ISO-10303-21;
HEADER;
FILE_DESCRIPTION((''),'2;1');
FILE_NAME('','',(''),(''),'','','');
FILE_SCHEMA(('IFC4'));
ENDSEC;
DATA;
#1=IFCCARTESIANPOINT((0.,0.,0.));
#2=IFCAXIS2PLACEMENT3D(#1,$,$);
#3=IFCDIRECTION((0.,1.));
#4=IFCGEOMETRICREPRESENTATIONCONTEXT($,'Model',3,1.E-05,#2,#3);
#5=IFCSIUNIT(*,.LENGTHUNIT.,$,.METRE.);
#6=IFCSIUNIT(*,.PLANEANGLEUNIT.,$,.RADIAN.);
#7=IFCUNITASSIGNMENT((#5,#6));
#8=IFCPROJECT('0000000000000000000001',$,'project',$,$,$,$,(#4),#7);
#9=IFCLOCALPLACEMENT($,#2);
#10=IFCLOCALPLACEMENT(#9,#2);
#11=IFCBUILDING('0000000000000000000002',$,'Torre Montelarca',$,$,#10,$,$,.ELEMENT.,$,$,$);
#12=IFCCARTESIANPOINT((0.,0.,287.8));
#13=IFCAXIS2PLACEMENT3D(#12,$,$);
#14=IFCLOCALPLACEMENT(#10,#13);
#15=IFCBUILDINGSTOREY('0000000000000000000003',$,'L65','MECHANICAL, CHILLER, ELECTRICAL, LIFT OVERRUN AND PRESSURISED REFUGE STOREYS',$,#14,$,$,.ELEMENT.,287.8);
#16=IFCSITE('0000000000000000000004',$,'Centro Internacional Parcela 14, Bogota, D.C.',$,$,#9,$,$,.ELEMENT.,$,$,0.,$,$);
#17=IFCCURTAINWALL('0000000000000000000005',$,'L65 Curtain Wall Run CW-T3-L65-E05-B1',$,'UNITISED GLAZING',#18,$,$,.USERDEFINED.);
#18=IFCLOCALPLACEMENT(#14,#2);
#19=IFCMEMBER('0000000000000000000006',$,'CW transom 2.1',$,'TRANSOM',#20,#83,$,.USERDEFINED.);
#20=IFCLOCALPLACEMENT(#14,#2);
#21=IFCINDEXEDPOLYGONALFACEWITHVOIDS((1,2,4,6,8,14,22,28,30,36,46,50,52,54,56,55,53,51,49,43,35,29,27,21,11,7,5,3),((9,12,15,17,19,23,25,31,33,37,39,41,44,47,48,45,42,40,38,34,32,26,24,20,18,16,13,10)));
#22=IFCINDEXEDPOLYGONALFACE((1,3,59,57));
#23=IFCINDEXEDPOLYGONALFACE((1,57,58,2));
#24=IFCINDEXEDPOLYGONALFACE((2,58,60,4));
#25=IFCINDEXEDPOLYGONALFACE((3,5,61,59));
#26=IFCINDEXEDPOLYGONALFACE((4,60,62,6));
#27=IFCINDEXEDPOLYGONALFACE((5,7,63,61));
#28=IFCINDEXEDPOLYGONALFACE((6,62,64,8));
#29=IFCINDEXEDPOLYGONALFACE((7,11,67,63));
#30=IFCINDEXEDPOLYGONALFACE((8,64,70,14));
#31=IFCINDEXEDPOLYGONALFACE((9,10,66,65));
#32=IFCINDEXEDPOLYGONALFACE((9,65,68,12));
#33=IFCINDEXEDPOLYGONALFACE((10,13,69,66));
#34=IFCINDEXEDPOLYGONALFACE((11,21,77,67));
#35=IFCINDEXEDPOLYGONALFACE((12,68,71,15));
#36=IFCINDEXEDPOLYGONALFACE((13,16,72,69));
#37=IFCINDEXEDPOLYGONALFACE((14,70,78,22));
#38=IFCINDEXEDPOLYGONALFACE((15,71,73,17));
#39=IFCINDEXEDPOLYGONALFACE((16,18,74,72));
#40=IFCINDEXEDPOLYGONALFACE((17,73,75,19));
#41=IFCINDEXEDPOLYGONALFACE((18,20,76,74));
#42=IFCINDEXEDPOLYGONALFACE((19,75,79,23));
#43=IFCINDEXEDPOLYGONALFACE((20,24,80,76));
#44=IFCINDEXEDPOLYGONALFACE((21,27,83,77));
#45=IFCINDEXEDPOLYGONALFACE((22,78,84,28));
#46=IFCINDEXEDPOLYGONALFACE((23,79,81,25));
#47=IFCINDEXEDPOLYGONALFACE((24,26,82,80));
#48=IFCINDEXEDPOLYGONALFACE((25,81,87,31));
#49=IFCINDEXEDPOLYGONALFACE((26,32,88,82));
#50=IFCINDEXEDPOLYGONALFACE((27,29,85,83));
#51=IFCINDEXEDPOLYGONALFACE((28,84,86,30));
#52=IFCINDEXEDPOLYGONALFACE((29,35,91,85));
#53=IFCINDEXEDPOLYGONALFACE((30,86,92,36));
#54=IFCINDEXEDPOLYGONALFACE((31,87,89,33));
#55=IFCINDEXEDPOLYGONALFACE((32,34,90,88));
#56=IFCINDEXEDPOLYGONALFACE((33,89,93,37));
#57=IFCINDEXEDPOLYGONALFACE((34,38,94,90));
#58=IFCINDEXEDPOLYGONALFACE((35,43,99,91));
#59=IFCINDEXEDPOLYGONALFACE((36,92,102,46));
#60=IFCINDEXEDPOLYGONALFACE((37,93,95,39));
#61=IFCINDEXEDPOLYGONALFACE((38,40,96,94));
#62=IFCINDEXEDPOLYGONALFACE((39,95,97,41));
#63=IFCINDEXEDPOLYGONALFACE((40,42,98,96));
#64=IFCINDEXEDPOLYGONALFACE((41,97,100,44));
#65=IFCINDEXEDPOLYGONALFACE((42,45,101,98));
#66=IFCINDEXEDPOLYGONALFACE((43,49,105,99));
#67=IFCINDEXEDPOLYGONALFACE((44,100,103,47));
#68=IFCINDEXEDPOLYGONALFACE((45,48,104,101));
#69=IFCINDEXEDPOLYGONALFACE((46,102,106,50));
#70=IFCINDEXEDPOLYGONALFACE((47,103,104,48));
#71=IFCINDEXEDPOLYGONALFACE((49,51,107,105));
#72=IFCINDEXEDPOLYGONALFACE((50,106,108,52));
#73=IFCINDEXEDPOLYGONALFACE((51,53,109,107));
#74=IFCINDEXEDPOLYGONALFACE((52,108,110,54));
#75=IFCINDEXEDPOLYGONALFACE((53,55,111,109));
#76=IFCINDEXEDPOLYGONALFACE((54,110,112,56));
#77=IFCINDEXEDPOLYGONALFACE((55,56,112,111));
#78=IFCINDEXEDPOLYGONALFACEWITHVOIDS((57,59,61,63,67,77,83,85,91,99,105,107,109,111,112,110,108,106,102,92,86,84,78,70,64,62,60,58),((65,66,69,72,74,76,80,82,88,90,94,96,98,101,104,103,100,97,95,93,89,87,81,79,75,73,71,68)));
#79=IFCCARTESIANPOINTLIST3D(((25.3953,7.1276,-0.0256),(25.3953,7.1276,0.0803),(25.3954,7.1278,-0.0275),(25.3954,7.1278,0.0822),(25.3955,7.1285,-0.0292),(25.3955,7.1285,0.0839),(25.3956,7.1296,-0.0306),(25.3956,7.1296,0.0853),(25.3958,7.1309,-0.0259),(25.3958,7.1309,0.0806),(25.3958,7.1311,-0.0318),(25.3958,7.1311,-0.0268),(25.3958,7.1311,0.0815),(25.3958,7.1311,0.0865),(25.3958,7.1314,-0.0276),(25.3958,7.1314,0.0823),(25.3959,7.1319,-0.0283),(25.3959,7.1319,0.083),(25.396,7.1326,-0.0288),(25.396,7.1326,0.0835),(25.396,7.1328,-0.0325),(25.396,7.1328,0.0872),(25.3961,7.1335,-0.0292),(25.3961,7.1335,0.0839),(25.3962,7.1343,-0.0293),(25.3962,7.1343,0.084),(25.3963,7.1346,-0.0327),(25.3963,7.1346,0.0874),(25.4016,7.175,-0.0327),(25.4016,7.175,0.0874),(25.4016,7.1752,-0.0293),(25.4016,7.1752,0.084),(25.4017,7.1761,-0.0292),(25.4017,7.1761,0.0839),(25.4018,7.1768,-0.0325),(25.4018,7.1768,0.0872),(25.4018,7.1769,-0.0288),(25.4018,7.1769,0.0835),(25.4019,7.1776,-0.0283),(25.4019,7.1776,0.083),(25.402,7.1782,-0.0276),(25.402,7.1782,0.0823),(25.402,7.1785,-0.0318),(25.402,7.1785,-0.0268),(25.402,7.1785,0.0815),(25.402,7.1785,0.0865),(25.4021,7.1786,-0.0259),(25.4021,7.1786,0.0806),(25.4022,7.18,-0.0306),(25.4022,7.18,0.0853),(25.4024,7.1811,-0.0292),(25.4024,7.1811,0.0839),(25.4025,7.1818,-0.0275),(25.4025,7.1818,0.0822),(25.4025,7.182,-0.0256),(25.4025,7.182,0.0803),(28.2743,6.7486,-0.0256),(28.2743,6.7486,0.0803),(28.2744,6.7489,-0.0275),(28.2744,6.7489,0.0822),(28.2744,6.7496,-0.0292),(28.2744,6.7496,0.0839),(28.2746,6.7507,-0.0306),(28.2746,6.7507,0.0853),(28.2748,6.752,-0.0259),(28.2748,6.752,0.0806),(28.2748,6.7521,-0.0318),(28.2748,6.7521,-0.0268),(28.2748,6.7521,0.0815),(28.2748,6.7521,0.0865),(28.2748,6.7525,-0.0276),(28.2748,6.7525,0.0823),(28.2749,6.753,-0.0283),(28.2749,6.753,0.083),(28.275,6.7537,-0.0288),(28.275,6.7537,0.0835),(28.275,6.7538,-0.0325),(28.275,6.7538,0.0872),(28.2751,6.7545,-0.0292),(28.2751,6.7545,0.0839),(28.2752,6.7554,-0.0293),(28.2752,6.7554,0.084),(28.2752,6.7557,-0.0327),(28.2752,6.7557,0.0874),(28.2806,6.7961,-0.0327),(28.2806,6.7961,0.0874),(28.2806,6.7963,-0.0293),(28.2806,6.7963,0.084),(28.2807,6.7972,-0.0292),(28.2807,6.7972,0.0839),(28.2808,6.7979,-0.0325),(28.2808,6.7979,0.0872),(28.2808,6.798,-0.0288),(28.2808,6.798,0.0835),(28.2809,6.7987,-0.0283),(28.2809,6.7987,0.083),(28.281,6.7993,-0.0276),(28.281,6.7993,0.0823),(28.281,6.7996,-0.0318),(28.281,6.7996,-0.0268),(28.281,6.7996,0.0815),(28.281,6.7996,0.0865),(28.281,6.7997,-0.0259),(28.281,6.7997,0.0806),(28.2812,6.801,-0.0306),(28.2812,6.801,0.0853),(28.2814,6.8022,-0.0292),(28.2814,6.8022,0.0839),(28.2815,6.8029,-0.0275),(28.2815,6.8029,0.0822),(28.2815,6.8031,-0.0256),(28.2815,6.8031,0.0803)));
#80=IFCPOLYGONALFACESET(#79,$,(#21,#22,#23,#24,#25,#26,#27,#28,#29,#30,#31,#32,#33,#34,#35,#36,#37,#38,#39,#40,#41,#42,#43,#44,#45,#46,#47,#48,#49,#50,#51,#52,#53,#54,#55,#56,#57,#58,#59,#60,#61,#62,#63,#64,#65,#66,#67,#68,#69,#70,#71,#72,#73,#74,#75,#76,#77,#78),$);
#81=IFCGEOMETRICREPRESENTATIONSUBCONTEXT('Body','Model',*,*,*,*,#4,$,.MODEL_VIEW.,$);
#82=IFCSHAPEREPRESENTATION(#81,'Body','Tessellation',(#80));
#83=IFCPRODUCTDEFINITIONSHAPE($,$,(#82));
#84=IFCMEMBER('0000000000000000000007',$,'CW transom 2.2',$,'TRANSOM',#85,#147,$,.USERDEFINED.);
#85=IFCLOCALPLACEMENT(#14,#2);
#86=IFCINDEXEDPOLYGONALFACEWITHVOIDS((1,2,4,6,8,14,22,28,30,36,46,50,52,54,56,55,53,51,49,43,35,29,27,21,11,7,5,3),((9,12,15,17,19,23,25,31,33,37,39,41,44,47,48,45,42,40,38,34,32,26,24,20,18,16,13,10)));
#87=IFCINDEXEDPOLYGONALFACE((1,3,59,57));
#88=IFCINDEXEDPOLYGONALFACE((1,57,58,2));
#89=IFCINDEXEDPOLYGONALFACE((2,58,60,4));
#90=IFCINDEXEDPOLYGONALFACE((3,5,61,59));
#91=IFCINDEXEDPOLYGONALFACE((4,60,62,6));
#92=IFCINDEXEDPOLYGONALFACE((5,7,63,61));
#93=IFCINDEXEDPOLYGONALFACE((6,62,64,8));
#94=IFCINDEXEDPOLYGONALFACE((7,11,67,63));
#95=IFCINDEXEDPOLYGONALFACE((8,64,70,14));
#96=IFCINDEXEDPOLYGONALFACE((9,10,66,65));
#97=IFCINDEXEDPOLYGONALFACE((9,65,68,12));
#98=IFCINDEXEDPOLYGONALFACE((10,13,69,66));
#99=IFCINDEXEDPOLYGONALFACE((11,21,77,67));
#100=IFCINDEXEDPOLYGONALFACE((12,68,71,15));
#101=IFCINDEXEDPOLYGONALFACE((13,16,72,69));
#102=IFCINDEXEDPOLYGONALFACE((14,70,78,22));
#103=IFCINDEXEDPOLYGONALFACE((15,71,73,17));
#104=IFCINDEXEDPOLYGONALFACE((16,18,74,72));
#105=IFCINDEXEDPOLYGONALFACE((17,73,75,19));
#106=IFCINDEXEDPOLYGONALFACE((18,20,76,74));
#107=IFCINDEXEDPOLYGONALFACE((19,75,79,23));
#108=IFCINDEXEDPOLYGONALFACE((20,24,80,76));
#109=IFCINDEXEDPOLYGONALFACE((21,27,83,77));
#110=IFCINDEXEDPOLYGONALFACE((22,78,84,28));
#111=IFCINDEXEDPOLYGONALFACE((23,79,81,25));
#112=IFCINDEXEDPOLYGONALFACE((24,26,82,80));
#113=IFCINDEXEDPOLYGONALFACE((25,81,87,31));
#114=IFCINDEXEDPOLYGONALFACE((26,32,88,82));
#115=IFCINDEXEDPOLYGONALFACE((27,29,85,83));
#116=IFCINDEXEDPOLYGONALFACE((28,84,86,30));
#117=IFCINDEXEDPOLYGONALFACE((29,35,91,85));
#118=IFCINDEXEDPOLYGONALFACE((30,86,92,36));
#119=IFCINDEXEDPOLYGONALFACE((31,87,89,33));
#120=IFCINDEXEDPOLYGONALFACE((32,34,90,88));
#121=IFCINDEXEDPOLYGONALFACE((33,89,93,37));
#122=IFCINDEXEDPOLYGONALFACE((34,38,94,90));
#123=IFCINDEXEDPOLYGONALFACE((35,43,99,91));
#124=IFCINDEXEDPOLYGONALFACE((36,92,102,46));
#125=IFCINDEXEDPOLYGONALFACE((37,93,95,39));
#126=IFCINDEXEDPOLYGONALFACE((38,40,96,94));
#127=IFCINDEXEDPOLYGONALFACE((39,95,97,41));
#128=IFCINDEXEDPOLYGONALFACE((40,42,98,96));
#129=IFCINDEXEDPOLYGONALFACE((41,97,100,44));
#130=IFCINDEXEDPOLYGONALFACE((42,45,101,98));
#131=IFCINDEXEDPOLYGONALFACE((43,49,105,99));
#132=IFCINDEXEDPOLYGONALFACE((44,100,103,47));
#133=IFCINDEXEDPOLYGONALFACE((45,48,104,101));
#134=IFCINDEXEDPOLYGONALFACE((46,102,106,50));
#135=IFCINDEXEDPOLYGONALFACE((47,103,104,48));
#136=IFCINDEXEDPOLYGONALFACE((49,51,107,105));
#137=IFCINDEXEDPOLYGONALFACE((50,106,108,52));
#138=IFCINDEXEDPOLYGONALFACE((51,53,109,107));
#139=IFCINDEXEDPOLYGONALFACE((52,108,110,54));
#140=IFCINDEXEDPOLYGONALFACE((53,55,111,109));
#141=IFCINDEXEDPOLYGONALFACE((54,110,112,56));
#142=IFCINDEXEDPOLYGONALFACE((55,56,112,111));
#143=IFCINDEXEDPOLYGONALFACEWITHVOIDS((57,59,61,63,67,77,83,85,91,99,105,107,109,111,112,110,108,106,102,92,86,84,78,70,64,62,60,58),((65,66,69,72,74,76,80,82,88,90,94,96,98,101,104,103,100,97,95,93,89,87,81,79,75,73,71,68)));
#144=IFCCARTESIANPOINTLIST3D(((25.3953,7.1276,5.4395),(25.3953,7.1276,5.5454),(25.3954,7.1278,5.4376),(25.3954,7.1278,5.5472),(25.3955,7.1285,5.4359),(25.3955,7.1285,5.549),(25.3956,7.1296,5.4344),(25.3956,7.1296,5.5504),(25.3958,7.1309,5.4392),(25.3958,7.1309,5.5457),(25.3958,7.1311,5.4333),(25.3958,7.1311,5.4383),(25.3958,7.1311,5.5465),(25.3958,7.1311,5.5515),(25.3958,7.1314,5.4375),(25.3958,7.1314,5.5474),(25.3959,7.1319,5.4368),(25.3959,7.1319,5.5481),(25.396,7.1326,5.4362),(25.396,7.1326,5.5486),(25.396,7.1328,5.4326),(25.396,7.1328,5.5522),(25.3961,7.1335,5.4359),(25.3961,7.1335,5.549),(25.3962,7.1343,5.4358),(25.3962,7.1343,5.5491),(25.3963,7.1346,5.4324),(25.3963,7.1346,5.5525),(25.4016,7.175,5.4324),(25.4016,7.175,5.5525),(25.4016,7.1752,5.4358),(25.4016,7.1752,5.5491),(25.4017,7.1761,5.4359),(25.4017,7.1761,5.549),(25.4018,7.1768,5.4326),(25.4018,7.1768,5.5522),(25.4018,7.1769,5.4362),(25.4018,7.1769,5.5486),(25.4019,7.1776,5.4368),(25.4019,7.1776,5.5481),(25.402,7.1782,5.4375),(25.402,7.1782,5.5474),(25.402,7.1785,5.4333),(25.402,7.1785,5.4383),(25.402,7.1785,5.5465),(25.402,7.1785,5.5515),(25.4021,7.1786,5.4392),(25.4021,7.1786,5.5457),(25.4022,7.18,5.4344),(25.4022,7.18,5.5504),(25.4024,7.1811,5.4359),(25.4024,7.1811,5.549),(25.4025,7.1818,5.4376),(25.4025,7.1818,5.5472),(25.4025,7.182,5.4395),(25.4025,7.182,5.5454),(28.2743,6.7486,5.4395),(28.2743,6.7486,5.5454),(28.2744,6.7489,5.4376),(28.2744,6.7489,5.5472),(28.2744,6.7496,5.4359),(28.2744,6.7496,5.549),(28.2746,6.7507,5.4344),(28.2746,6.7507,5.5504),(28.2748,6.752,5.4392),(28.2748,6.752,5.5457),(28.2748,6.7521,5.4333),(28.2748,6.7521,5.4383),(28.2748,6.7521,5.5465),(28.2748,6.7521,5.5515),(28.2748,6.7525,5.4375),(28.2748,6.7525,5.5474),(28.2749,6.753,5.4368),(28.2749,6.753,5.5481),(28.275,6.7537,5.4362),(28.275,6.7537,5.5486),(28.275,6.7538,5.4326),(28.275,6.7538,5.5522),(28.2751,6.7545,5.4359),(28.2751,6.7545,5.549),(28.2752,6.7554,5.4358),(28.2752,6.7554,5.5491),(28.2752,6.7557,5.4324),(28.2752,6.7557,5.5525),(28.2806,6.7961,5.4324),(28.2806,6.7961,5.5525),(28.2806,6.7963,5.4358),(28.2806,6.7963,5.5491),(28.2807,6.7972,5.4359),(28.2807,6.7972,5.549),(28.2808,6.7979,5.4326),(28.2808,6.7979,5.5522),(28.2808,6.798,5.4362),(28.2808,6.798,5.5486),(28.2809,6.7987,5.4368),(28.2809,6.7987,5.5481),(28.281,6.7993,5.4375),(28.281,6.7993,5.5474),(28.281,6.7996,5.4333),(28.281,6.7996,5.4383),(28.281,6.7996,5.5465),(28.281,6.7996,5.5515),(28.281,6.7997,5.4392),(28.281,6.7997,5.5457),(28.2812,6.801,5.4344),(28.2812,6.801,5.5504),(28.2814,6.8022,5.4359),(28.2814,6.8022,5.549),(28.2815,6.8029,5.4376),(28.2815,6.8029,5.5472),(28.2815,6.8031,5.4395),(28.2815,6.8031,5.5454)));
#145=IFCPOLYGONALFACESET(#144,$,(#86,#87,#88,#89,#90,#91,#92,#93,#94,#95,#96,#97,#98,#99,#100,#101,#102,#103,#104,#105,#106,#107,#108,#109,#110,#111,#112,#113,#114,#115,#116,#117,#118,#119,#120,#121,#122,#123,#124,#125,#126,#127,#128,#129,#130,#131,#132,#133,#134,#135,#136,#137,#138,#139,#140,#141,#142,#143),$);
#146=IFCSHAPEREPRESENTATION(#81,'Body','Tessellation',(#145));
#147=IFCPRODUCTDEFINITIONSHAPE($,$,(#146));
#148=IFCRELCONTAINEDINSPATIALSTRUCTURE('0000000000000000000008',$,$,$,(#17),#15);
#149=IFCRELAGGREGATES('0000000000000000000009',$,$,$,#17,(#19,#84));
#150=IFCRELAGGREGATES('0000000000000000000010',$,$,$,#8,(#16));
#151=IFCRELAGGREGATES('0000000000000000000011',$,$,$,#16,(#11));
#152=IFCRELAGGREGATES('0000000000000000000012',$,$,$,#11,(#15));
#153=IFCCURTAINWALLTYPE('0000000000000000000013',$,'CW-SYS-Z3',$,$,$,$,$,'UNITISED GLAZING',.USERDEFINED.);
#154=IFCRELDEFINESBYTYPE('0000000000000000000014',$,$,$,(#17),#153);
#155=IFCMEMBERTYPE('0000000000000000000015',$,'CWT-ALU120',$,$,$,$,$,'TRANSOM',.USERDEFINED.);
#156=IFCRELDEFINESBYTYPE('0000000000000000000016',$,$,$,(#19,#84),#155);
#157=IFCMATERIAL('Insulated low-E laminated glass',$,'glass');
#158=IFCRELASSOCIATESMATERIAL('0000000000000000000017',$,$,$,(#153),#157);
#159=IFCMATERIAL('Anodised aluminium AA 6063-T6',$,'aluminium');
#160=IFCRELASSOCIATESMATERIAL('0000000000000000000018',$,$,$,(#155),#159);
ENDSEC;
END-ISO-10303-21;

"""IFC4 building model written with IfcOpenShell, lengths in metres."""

from ifc_helpers import new_model, si_unit, direction, frame, origin, origin_2d, place, context, subcontext, project, spatial, hollow_rectangle, extrude, source, transform, mapped, material, material_profile, profile_set, type_object, element, aggregate, save


model = new_model("IFC4")

# Units and contexts
model_context = context("Model", 3, precision=1e-05, world=origin(), true_north=direction((0.0, 1.0)))
body_context = subcontext(model_context, "Body", "Model", "MODEL_VIEW")
ifc_project = project(units=[si_unit("LENGTHUNIT", "METRE"), si_unit("PLANEANGLEUNIT", "RADIAN")], contexts=[model_context])

# Site, building, storey
site_placement = place(None, origin())
site = spatial("IfcSite", under=ifc_project, at=site_placement, Name="Centro Internacional Parcela 14, Bogota, D.C.", CompositionType="ELEMENT", RefElevation=0.0)
building_placement = place(site_placement, origin())
building = spatial("IfcBuilding", under=site, at=building_placement, Name="Torre Montelarca", CompositionType="ELEMENT")
storey_placement = place(building_placement, frame((0.0, 0.0, 287.8)))
storey = spatial("IfcBuildingStorey", under=building, at=storey_placement, Name="L65", Description="MECHANICAL, CHILLER, ELECTRICAL, LIFT OVERRUN AND PRESSURISED REFUGE STOREYS", CompositionType="ELEMENT", Elevation=287.8)

# Curtain wall, members
ifc_material_1 = material(Name="Insulated low-E laminated glass", Category="glass")
curtain_wall_type = type_object("IfcCurtainWallType", Name="CW-SYS-Z3", ElementType="UNITISED GLAZING", PredefinedType="USERDEFINED", material=ifc_material_1)
curtain_wall_placement = place(storey_placement, origin())
curtain_wall = element("IfcCurtainWall", 1, at=curtain_wall_placement, inside=storey, type_object=curtain_wall_type, Name="L65 Curtain Wall Run CW-T3-L65-E05-B1", ObjectType="UNITISED GLAZING", PredefinedType="USERDEFINED")
ifc_material_2 = material(Name="Anodised aluminium AA 6063-T6", Category="aluminium")
ifc_material_profile_1 = material_profile(ifc_material_2, hollow_rectangle(XDim=0.0549, YDim=0.1201, WallThickness=0.0034, InnerFilletRadius=0.0034, OuterFilletRadius=0.0071, at=origin_2d()), Name="ALU55X120X3.5", Category="aluminium")
ifc_profile_set_1 = profile_set([ifc_material_profile_1], Name="Anodised aluminium AA 6063-T6")
member_type_1 = type_object("IfcMemberType", Name="CWT-ALU120", ElementType="TRANSOM", PredefinedType="USERDEFINED", material=ifc_profile_set_1)
shared_shape_1 = source(origin(), body_context, "Body", "SweptSolid", [
    extrude(hollow_rectangle(XDim=0.0549, YDim=0.1201, WallThickness=0.0034, InnerFilletRadius=0.0034, OuterFilletRadius=0.0071, at=origin_2d()), origin(), (0.0, 0.0, 1.0), 2.9038),
])
member_1_placement = place(storey_placement, frame((25.3989, 7.1548, 0.0273), z_axis=(0.99145, -0.130489, 0.0), x_axis=(0.130489, 0.99145, 0.0)))
member_1 = element("IfcMember", 2, at=member_1_placement, type_object=member_type_1, Name="CW transom 2.1", ObjectType="TRANSOM", PredefinedType="USERDEFINED", context=body_context, shape_type="MappedRepresentation", body=[
    mapped(shared_shape_1, transform((0.0, 0.0, 0.0), scale=1.0)),
])
member_2_placement = place(storey_placement, frame((25.3989, 7.1548, 5.4924), z_axis=(0.99145, -0.130489, 0.0), x_axis=(0.130489, 0.99145, 0.0)))
member_2 = element("IfcMember", 3, at=member_2_placement, type_object=member_type_1, Name="CW transom 2.2", ObjectType="TRANSOM", PredefinedType="USERDEFINED", context=body_context, shape_type="MappedRepresentation", body=[
    mapped(shared_shape_1, transform((0.0, 0.0, 0.0), scale=1.0)),
])

aggregate(curtain_wall, [member_1, member_2])

save(model, "model.ifc")
